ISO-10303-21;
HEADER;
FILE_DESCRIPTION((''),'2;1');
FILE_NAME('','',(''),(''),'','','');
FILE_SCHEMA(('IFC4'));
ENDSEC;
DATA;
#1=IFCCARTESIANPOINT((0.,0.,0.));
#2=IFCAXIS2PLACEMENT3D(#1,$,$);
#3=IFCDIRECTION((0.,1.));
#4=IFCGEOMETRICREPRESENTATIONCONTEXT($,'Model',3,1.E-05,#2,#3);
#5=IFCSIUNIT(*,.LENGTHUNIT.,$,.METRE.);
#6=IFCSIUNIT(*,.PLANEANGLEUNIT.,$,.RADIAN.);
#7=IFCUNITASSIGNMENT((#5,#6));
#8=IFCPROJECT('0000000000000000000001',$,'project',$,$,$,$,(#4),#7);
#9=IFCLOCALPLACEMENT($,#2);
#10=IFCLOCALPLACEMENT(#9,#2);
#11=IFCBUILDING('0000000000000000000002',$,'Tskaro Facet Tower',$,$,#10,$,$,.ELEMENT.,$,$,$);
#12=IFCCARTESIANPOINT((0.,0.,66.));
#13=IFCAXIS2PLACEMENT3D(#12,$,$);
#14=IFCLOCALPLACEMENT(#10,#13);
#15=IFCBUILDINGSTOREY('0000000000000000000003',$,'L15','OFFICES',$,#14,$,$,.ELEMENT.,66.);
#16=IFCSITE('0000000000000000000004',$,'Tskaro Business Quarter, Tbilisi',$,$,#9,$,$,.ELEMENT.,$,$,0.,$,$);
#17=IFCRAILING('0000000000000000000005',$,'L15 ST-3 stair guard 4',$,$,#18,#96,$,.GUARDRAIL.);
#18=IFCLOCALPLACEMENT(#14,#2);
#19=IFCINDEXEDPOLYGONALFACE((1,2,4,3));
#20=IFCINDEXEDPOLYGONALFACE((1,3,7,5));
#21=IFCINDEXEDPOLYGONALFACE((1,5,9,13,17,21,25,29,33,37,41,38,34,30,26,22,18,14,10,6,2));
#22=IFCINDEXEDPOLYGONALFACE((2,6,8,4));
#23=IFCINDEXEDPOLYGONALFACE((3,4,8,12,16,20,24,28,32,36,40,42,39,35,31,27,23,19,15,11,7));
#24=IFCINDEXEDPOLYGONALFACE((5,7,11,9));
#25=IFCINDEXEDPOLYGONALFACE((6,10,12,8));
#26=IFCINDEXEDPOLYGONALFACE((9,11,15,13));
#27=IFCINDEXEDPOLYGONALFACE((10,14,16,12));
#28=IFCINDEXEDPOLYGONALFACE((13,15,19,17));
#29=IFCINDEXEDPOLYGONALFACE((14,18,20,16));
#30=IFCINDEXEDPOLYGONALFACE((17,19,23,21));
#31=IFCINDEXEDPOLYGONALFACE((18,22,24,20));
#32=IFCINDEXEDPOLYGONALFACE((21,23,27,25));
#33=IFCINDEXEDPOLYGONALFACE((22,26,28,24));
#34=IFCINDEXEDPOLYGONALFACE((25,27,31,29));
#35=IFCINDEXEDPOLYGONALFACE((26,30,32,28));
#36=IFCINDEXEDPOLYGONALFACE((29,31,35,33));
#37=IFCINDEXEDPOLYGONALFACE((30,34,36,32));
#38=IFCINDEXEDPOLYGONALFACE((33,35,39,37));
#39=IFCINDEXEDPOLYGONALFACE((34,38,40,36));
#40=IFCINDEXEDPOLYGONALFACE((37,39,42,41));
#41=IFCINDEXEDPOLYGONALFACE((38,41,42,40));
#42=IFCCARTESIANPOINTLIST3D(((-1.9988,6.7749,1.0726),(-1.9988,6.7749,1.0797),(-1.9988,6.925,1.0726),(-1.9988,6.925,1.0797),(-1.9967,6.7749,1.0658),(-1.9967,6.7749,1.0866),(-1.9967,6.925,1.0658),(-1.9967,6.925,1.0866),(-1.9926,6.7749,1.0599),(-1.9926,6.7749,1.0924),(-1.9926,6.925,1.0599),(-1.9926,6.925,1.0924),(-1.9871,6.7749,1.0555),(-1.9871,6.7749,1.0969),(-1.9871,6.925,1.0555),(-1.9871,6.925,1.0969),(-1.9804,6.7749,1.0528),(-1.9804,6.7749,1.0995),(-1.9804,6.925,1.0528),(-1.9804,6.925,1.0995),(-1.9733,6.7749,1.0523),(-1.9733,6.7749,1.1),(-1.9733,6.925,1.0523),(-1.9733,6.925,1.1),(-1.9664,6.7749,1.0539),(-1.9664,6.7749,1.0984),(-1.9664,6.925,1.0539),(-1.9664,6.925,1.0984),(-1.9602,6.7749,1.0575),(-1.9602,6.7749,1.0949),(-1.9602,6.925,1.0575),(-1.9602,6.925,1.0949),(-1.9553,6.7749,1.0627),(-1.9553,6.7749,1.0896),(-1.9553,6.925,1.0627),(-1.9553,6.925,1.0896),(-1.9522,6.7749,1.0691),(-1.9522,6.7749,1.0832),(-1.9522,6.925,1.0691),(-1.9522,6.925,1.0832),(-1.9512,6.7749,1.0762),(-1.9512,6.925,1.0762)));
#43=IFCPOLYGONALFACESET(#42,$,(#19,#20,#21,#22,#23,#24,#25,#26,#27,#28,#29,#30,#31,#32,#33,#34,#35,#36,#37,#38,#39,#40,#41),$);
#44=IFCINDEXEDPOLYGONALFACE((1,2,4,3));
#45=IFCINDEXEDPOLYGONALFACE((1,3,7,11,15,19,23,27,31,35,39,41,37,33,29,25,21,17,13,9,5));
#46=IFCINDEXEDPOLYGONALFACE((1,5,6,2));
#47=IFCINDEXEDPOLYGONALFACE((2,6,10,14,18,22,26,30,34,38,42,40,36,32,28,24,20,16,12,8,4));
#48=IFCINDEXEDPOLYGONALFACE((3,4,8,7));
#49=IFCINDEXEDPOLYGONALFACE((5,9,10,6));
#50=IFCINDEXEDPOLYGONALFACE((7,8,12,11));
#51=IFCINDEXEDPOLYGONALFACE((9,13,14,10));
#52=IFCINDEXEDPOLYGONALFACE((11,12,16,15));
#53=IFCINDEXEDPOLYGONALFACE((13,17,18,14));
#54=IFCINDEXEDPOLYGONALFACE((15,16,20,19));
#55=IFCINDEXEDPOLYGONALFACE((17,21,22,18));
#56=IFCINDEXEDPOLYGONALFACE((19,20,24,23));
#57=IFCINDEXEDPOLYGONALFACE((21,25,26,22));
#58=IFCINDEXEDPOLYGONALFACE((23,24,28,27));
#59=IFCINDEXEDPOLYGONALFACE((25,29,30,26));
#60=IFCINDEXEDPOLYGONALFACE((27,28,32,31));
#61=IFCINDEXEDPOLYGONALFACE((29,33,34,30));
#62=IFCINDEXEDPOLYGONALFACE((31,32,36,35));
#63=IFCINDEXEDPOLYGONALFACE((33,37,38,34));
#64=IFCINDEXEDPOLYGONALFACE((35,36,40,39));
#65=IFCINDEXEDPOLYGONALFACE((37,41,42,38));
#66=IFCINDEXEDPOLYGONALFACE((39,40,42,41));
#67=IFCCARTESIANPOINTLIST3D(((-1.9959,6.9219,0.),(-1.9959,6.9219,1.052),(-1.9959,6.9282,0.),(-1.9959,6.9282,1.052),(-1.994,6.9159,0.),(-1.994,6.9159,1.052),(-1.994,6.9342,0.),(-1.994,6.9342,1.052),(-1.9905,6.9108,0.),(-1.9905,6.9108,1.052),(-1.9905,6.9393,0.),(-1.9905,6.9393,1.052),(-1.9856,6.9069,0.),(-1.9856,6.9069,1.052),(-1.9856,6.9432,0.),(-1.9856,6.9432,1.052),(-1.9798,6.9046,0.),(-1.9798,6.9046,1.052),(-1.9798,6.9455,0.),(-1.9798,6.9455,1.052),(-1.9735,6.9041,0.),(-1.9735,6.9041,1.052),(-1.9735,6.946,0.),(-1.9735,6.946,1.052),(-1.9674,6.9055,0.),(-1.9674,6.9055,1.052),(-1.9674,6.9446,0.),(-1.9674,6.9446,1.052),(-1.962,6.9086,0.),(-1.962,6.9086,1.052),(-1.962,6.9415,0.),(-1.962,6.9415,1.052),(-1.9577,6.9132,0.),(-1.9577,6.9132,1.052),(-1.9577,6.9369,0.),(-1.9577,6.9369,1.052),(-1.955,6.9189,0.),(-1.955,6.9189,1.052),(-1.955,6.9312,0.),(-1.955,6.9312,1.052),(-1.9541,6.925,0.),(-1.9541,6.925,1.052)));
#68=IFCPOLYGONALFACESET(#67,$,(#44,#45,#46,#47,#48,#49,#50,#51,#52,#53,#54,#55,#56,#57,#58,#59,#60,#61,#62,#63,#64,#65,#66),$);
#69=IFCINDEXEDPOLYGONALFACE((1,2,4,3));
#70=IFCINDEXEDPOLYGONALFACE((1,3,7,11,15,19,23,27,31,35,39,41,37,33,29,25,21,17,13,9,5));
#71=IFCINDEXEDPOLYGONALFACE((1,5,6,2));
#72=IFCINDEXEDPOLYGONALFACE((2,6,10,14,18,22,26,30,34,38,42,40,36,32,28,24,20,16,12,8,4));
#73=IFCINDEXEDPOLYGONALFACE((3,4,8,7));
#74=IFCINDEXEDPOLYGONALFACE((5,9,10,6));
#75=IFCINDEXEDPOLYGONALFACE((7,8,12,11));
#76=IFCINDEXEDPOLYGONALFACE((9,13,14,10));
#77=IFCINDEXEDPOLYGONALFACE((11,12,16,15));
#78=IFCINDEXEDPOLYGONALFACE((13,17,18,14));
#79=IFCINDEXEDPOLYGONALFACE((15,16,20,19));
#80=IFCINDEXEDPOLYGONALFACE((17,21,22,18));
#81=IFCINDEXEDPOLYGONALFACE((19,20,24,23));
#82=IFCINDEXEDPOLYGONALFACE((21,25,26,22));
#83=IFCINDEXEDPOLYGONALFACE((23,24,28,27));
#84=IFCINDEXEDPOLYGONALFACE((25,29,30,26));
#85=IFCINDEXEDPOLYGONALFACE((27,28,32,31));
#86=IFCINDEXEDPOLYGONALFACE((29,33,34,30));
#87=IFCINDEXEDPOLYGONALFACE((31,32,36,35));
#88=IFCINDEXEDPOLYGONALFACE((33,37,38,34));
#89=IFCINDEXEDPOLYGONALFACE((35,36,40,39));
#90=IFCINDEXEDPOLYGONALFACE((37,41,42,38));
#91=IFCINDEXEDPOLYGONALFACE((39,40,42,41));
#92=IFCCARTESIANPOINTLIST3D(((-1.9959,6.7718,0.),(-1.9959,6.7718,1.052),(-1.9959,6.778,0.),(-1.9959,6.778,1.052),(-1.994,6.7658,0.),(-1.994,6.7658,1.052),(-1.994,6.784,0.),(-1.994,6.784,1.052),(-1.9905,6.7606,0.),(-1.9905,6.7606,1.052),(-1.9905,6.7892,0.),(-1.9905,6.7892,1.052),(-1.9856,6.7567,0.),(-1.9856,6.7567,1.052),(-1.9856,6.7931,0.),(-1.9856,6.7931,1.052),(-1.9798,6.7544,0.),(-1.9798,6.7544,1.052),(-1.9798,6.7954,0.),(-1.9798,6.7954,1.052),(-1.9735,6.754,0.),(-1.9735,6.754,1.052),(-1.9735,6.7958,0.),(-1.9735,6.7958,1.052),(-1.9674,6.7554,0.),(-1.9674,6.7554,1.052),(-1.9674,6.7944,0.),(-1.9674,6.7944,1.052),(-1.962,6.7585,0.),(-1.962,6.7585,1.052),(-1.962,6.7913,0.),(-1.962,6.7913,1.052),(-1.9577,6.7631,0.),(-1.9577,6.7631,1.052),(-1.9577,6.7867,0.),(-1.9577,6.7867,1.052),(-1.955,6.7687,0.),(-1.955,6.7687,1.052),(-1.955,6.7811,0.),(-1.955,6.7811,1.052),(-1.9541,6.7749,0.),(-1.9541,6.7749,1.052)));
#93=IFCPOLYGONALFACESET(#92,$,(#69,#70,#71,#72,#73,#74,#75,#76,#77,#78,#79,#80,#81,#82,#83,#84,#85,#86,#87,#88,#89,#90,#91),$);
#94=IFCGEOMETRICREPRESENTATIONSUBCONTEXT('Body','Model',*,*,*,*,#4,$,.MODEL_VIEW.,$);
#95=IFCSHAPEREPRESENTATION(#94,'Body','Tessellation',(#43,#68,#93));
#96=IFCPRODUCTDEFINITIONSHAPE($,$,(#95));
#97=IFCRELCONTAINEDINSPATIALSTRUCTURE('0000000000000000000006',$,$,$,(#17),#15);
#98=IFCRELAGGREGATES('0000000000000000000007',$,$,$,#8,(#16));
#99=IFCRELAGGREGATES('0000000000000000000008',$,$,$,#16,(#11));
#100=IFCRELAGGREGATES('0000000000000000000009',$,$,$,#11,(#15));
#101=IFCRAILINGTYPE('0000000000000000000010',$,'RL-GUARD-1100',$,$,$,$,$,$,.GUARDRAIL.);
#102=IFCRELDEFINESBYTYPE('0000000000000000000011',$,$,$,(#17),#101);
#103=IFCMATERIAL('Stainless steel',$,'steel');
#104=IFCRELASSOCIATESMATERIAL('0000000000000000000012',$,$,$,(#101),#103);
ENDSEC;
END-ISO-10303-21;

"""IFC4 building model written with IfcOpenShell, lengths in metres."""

from ifc_helpers import new_model, si_unit, direction, frame, origin, origin_2d, place, context, subcontext, project, spatial, circle, extrude, material, type_object, element, save


model = new_model("IFC4")

# Units and contexts
model_context = context("Model", 3, precision=1e-05, world=origin(), true_north=direction((0.0, 1.0)))
body_context = subcontext(model_context, "Body", "Model", "MODEL_VIEW")
ifc_project = project(units=[si_unit("LENGTHUNIT", "METRE"), si_unit("PLANEANGLEUNIT", "RADIAN")], contexts=[model_context])

# Site, building, storey
site_placement = place(None, origin())
site = spatial("IfcSite", under=ifc_project, at=site_placement, Name="Tskaro Business Quarter, Tbilisi", CompositionType="ELEMENT", RefElevation=0.0)
building_placement = place(site_placement, origin())
building = spatial("IfcBuilding", under=site, at=building_placement, Name="Tskaro Facet Tower", CompositionType="ELEMENT")
storey_placement = place(building_placement, frame((0.0, 0.0, 66.0)))
storey = spatial("IfcBuildingStorey", under=building, at=storey_placement, Name="L15", Description="OFFICES", CompositionType="ELEMENT", Elevation=66.0)

# Railing
ifc_material_1 = material(Name="Stainless steel", Category="steel")
railing_type_1 = type_object("IfcRailingType", Name="RL-GUARD-1100", PredefinedType="GUARDRAIL", material=ifc_material_1)
railing_1_placement = place(storey_placement, frame((-1.9751, 6.925, 0.0)))
element("IfcRailing", 1, at=railing_1_placement, inside=storey, type_object=railing_type_1, Name="L15 ST-3 stair guard 4", PredefinedType="GUARDRAIL", context=body_context, shape_type="SweptSolid", body=[
    extrude(circle(Radius=0.0239, at=origin_2d()), frame((0.0, 0.0, 1.0762), z_axis=(0.0, -1.0, 0.0), x_axis=(1.0, 0.0, 0.0)), (0.0, 0.0, 1.0), 0.1501),
    extrude(circle(Radius=0.021, at=origin_2d()), origin(), (0.0, 0.0, 1.0), 1.052),
    extrude(circle(Radius=0.021, at=origin_2d()), frame((0.0, -0.1501, 0.0)), (0.0, 0.0, 1.0), 1.052),
])

save(model, "model.ifc")
